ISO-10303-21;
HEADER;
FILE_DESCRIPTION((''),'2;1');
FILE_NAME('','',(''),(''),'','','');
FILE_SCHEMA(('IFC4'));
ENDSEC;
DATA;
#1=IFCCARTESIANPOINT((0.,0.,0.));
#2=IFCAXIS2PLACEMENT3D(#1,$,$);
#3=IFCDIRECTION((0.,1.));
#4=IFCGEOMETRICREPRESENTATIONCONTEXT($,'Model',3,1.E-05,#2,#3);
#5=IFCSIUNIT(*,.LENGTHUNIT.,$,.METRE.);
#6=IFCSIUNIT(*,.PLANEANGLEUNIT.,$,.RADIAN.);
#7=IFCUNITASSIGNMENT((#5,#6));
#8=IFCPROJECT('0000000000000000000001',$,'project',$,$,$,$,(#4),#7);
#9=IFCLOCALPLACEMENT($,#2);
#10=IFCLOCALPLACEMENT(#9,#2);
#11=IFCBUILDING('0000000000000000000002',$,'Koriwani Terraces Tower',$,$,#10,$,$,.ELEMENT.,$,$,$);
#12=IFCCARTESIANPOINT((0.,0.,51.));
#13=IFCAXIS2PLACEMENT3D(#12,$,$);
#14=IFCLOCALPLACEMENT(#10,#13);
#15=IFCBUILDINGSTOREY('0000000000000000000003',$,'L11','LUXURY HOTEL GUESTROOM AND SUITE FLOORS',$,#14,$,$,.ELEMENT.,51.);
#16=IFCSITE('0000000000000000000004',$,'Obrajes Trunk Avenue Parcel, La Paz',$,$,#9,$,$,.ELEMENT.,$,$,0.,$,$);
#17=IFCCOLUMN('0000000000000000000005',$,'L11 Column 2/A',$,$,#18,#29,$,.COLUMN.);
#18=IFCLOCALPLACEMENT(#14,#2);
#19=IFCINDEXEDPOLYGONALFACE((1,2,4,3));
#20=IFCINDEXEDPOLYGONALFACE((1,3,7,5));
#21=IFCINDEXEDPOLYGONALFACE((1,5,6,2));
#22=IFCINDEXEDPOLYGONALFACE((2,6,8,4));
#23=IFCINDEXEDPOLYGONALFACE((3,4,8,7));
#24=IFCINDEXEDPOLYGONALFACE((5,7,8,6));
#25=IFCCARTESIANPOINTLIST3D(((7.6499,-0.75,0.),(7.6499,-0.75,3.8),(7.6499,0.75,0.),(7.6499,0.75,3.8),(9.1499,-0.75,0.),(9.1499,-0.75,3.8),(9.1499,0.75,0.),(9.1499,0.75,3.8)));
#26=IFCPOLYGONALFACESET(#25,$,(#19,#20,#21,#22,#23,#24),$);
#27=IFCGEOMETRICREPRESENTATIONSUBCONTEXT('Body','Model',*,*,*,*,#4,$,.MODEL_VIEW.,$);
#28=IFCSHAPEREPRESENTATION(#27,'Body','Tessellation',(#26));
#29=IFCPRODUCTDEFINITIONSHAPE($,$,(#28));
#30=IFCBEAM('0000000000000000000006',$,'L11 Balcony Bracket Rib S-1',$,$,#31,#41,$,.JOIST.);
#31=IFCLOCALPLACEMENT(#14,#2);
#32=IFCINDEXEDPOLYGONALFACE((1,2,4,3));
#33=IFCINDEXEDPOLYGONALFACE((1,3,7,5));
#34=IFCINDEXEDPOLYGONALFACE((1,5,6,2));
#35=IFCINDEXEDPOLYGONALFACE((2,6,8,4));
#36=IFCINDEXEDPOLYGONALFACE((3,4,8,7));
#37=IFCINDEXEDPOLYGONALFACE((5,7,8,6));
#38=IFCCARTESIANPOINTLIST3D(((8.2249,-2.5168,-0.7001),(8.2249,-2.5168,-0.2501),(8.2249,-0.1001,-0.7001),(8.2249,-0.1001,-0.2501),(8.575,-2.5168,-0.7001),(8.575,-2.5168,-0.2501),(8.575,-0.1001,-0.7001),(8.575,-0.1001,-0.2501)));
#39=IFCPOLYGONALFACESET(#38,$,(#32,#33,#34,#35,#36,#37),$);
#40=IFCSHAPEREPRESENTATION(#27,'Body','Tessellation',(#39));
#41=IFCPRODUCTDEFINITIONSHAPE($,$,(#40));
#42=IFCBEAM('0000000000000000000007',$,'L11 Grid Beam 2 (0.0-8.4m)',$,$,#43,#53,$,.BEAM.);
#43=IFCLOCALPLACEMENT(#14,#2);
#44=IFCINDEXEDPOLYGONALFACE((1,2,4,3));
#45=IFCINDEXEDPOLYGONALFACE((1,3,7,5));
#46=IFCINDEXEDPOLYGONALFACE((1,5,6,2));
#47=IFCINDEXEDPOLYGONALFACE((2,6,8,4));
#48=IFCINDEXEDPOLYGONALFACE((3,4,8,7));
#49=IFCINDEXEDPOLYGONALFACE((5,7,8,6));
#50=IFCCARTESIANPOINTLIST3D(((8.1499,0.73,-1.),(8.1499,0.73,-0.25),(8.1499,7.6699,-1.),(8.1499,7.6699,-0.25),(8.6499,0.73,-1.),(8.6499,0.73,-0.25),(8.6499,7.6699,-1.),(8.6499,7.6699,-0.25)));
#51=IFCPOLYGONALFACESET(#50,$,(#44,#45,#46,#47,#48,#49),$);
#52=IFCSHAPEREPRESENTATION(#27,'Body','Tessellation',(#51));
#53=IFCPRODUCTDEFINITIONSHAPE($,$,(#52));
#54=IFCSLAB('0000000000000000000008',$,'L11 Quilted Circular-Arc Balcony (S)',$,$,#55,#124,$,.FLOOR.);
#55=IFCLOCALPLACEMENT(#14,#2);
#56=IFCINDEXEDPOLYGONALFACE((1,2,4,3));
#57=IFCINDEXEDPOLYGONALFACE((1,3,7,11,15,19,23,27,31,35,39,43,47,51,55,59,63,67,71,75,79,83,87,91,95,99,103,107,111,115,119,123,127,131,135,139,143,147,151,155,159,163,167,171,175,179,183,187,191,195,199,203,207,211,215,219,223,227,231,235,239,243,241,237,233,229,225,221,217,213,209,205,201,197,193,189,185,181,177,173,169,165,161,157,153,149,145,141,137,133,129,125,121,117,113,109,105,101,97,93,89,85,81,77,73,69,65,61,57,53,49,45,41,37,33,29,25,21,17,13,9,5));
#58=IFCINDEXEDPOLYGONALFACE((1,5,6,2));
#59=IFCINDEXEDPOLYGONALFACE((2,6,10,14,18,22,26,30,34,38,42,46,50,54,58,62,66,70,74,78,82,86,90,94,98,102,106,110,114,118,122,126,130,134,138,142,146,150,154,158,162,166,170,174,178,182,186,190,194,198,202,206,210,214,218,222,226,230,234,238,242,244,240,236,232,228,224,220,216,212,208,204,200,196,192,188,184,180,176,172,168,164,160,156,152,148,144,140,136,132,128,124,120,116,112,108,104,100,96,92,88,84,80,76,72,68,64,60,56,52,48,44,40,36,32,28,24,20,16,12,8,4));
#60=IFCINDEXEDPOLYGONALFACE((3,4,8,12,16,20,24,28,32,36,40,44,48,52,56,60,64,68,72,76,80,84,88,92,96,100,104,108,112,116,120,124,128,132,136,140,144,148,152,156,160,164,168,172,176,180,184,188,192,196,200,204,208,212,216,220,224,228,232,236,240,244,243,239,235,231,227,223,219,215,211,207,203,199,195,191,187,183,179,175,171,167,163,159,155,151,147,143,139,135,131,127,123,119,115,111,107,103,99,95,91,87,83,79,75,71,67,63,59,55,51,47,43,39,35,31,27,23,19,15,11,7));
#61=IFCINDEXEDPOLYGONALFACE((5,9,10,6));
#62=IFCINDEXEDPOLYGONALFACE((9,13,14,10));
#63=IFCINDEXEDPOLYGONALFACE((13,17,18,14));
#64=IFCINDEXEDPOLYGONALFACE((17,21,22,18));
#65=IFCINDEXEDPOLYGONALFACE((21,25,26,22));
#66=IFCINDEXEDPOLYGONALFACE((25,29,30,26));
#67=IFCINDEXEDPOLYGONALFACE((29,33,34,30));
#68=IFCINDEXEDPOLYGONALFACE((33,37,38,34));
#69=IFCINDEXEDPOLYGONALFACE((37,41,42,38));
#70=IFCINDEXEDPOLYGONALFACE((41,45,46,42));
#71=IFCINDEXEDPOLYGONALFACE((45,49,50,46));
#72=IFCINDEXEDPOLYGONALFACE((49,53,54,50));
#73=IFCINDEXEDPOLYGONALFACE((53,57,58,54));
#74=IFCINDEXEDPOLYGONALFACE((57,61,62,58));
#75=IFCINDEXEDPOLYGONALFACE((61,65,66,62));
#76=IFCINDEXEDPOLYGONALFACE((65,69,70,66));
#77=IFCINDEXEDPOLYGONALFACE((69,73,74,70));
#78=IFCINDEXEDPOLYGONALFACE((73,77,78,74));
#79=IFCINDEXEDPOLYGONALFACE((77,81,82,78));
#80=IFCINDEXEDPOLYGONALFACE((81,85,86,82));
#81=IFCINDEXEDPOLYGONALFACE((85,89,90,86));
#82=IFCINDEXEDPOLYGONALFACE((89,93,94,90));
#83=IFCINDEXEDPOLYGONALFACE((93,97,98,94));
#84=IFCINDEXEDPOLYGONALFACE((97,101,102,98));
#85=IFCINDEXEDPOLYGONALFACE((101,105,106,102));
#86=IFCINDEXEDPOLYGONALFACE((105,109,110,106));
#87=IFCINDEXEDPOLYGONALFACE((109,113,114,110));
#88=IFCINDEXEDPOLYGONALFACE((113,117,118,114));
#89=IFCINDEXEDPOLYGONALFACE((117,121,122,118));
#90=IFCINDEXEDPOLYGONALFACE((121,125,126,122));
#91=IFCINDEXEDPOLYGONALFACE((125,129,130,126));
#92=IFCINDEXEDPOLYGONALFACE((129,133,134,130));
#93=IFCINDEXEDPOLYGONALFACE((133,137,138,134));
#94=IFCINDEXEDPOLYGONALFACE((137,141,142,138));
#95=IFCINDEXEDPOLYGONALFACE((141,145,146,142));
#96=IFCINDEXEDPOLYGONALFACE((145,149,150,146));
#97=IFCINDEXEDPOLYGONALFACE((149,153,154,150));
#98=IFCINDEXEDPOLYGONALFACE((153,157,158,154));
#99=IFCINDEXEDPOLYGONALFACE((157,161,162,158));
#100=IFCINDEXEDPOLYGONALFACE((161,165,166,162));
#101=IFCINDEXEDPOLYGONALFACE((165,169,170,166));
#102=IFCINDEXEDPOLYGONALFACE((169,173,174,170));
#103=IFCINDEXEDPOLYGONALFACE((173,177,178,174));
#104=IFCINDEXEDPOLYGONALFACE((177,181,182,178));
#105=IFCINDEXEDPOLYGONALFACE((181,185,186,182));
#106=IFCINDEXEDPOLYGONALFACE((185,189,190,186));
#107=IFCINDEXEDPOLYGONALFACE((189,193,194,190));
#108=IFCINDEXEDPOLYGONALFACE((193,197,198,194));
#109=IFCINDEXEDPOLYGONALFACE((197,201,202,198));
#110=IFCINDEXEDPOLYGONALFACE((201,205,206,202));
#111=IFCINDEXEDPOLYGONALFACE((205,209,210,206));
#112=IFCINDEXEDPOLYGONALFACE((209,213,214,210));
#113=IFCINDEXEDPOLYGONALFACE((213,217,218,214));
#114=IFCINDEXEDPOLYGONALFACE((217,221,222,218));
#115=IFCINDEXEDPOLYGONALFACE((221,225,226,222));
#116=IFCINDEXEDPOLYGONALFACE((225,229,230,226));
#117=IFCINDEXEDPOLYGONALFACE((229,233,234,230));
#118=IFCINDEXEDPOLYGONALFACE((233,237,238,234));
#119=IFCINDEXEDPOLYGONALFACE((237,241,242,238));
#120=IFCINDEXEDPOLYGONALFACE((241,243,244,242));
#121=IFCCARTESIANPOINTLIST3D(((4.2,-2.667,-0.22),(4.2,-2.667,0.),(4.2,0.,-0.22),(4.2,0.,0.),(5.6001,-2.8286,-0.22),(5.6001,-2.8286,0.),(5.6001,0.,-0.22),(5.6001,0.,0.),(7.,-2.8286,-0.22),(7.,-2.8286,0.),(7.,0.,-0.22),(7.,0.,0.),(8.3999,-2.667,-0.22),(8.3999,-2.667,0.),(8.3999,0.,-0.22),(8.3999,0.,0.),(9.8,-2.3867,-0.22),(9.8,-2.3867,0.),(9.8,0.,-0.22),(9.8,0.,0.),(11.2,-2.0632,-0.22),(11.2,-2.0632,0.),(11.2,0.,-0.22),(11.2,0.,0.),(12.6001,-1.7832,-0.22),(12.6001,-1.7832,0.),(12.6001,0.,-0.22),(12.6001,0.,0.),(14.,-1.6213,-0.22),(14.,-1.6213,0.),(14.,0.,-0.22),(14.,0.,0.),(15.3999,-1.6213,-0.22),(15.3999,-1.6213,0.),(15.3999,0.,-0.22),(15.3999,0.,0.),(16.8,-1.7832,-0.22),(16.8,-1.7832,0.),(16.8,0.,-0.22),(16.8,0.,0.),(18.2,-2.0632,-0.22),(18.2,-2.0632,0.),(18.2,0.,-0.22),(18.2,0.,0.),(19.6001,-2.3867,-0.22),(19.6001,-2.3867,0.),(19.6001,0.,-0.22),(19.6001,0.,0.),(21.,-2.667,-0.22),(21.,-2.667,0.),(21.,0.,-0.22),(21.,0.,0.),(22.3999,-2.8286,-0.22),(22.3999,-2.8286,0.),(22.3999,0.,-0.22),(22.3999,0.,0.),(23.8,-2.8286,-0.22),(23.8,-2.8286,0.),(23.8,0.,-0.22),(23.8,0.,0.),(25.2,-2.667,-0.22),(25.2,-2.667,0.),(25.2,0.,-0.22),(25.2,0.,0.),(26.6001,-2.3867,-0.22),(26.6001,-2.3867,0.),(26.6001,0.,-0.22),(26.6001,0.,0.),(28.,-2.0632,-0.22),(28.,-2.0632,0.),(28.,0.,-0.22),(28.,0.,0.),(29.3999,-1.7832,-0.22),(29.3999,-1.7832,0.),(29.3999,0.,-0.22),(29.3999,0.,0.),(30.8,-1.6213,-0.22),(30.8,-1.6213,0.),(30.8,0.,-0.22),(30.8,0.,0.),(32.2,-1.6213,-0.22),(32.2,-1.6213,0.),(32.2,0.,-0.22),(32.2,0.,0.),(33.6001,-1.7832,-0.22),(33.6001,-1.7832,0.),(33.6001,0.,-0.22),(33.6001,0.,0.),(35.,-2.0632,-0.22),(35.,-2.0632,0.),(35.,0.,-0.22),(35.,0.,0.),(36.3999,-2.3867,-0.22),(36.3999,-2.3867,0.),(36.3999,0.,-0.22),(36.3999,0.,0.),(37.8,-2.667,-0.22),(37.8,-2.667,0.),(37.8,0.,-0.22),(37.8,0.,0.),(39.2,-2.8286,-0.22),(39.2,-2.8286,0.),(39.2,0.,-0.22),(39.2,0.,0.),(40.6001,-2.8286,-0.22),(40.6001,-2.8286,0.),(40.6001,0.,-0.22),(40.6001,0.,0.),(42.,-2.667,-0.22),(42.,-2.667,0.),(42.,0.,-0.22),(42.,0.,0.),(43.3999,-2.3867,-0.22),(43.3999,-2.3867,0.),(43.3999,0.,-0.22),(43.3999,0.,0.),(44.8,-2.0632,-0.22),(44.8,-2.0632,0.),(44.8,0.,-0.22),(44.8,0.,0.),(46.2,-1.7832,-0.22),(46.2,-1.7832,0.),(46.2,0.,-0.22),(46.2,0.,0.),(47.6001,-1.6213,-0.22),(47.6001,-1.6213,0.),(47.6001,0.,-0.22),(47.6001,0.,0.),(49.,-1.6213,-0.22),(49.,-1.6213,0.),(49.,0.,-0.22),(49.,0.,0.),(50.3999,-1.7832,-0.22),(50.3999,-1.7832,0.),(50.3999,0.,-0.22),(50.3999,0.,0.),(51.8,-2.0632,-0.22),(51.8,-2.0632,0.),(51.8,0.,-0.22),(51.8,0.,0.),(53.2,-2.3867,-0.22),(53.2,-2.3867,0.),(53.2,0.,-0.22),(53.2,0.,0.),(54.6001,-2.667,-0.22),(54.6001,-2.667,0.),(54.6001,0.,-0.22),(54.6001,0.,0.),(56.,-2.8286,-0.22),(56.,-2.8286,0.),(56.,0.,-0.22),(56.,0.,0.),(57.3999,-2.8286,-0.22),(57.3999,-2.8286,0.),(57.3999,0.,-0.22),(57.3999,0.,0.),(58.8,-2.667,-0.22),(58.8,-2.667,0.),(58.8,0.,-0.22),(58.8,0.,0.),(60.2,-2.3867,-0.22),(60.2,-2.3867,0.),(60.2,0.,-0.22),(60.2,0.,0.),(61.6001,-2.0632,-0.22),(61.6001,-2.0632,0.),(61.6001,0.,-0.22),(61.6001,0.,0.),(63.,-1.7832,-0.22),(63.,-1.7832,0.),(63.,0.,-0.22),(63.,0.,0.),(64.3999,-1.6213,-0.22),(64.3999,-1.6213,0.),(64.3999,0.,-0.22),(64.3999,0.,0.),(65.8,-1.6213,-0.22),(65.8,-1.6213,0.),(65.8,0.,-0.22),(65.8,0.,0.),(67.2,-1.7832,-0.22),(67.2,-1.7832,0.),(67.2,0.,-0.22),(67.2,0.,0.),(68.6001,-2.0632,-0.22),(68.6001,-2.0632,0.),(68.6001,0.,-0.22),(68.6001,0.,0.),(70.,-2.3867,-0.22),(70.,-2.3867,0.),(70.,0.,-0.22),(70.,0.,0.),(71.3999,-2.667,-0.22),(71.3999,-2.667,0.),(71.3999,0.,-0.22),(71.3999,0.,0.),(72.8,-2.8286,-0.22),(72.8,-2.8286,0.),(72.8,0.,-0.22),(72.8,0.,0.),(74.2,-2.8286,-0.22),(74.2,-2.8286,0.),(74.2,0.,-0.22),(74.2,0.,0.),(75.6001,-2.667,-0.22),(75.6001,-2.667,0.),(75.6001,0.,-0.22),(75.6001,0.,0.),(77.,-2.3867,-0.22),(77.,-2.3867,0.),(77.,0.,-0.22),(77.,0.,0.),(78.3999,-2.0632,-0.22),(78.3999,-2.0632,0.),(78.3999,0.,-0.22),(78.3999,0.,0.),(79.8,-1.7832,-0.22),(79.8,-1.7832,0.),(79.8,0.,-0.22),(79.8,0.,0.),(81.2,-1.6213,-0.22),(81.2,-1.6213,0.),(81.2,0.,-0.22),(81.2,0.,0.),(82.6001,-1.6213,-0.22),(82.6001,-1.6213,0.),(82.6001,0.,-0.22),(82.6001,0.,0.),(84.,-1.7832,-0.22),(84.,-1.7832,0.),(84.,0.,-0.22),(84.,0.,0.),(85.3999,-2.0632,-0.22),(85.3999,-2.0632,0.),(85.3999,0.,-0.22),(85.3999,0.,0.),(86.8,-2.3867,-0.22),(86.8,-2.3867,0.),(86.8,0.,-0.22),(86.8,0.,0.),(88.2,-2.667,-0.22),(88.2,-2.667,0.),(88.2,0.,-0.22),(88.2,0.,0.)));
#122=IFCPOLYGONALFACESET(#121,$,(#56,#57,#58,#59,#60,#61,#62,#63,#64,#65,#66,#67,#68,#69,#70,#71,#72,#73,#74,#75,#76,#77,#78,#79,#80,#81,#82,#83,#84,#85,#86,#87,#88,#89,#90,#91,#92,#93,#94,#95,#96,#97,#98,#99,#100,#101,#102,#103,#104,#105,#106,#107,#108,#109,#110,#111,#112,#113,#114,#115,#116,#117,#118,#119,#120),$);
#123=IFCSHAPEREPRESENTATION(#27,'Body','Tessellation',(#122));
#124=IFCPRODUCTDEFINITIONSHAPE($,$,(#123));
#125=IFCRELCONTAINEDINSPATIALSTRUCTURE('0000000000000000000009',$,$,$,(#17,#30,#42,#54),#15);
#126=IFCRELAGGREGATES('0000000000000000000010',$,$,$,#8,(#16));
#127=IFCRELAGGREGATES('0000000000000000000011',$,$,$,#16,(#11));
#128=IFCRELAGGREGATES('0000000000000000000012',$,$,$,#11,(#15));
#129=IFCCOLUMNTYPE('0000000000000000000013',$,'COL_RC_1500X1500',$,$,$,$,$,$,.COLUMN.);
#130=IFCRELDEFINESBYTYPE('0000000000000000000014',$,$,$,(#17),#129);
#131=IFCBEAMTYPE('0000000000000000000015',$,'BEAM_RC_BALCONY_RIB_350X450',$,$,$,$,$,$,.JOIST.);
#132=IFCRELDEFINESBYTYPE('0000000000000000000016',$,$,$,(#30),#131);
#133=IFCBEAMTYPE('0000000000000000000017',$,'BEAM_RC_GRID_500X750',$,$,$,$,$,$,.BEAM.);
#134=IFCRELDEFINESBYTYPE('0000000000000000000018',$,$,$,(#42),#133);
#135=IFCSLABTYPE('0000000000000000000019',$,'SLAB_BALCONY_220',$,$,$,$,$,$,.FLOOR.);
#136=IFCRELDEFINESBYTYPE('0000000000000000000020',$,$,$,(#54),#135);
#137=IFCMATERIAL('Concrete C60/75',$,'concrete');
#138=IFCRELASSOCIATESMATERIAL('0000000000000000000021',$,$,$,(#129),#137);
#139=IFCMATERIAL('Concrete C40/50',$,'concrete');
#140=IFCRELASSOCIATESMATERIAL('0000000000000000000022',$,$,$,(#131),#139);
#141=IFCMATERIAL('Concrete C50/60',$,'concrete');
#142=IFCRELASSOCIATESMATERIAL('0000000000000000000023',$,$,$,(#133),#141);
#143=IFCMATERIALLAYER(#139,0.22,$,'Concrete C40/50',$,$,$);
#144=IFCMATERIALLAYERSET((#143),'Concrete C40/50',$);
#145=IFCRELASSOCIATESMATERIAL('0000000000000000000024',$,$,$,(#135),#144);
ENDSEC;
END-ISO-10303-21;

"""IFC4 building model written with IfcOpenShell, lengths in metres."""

from ifc_helpers import new_model, si_unit, direction, frame, origin, origin_2d, place, context, subcontext, project, spatial, polyline, rectangle, outline, extrude, material, layer, layer_set, material_profile, profile_set, type_object, element, save


model = new_model("IFC4")

# Units and contexts
model_context = context("Model", 3, precision=1e-05, world=origin(), true_north=direction((0.0, 1.0)))
body_context = subcontext(model_context, "Body", "Model", "MODEL_VIEW")
ifc_project = project(units=[si_unit("LENGTHUNIT", "METRE"), si_unit("PLANEANGLEUNIT", "RADIAN")], contexts=[model_context])

# Site, building, storey
site_placement = place(None, origin())
site = spatial("IfcSite", under=ifc_project, at=site_placement, Name="Obrajes Trunk Avenue Parcel, La Paz", CompositionType="ELEMENT", RefElevation=0.0)
building_placement = place(site_placement, origin())
building = spatial("IfcBuilding", under=site, at=building_placement, Name="Koriwani Terraces Tower", CompositionType="ELEMENT")
storey_placement = place(building_placement, frame((0.0, 0.0, 51.0)))
storey = spatial("IfcBuildingStorey", under=building, at=storey_placement, Name="L11", Description="LUXURY HOTEL GUESTROOM AND SUITE FLOORS", CompositionType="ELEMENT", Elevation=51.0)

# Column
ifc_material_1 = material(Name="Concrete C60/75", Category="concrete")
ifc_material_profile_1 = material_profile(ifc_material_1, rectangle(XDim=1.5, YDim=1.5, at=origin_2d()), Name="Concrete C60/75", Category="LoadBearing")
ifc_profile_set_1 = profile_set([ifc_material_profile_1], Name="Concrete C60/75")
column_type = type_object("IfcColumnType", Name="COL_RC_1500X1500", PredefinedType="COLUMN", material=ifc_profile_set_1)
column_placement = place(storey_placement, frame((8.3999, 0.0, 0.0), z_axis=(0.0, 0.0, 1.0), x_axis=(1.0, 0.0, 0.0)))
element("IfcColumn", 1, at=column_placement, inside=storey, type_object=column_type, Name="L11 Column 2/A", PredefinedType="COLUMN", context=body_context, shape_type="SweptSolid", body=[
    extrude(rectangle(XDim=1.5, YDim=1.5, at=origin_2d()), origin(), (0.0, 0.0, 1.0), 3.8),
])

# Beams
ifc_material_2 = material(Name="Concrete C40/50", Category="concrete")
ifc_material_profile_2 = material_profile(ifc_material_2, rectangle(XDim=0.3501, YDim=0.45, at=origin_2d()), Name="Concrete C40/50", Category="LoadBearing")
ifc_profile_set_2 = profile_set([ifc_material_profile_2], Name="Concrete C40/50")
beam_type_1 = type_object("IfcBeamType", Name="BEAM_RC_BALCONY_RIB_350X450", PredefinedType="JOIST", material=ifc_profile_set_2)
beam_1_placement = place(storey_placement, frame((8.3999, -2.5168, -0.4751), z_axis=(0.0, 1.0, 0.0), x_axis=(-1.0, 0.0, 0.0)))
element("IfcBeam", 2, at=beam_1_placement, inside=storey, type_object=beam_type_1, Name="L11 Balcony Bracket Rib S-1", PredefinedType="JOIST", context=body_context, shape_type="SweptSolid", body=[
    extrude(rectangle(XDim=0.3501, YDim=0.45, at=origin_2d()), origin(), (0.0, 0.0, 1.0), 2.4167),
])
ifc_material_3 = material(Name="Concrete C50/60", Category="concrete")
ifc_material_profile_3 = material_profile(ifc_material_3, rectangle(XDim=0.5, YDim=0.75, at=origin_2d()), Name="Concrete C50/60", Category="LoadBearing")
ifc_profile_set_3 = profile_set([ifc_material_profile_3], Name="Concrete C50/60")
beam_type_2 = type_object("IfcBeamType", Name="BEAM_RC_GRID_500X750", PredefinedType="BEAM", material=ifc_profile_set_3)
beam_2_placement = place(storey_placement, frame((8.3999, 0.73, -0.625), z_axis=(0.0, 1.0, 0.0), x_axis=(-1.0, 0.0, 0.0)))
element("IfcBeam", 3, at=beam_2_placement, inside=storey, type_object=beam_type_2, Name="L11 Grid Beam 2 (0.0-8.4m)", PredefinedType="BEAM", context=body_context, shape_type="SweptSolid", body=[
    extrude(rectangle(XDim=0.5, YDim=0.75, at=origin_2d()), origin(), (0.0, 0.0, 1.0), 6.9399),
])

# Slab
ifc_layer_1 = layer(ifc_material_2, 0.22, Name="Concrete C40/50")
ifc_layer_set_1 = layer_set([ifc_layer_1], Name="Concrete C40/50")
slab_type_1 = type_object("IfcSlabType", Name="SLAB_BALCONY_220", PredefinedType="FLOOR", material=ifc_layer_set_1)
slab_1_placement = place(storey_placement, frame((0.0, 0.0, -0.22)))
element("IfcSlab", 4, at=slab_1_placement, inside=storey, type_object=slab_type_1, Name="L11 Quilted Circular-Arc Balcony (S)", PredefinedType="FLOOR", context=body_context, shape_type="SweptSolid", body=[
    extrude(outline(polyline([(4.2, 0.0), (5.6001, 0.0), (7.0, 0.0), (8.3999, 0.0), (9.8, 0.0), (11.2, 0.0), (12.6001, 0.0), (14.0, 0.0), (15.3999, 0.0), (16.8, 0.0), (18.2, 0.0), (19.6001, 0.0), (21.0, 0.0), (22.3999, 0.0), (23.8, 0.0), (25.2, 0.0), (26.6001, 0.0), (28.0, 0.0), (29.3999, 0.0), (30.8, 0.0), (32.2, 0.0), (33.6001, 0.0), (35.0, 0.0), (36.3999, 0.0), (37.8, 0.0), (39.2, 0.0), (40.6001, 0.0), (42.0, 0.0), (43.3999, 0.0), (44.8, 0.0), (46.2, 0.0), (47.6001, 0.0), (49.0, 0.0), (50.3999, 0.0), (51.8, 0.0), (53.2, 0.0), (54.6001, 0.0), (56.0, 0.0), (57.3999, 0.0), (58.8, 0.0), (60.2, 0.0), (61.6001, 0.0), (63.0, 0.0), (64.3999, 0.0), (65.8, 0.0), (67.2, 0.0), (68.6001, 0.0), (70.0, 0.0), (71.3999, 0.0), (72.8, 0.0), (74.2, 0.0), (75.6001, 0.0), (77.0, 0.0), (78.3999, 0.0), (79.8, 0.0), (81.2, 0.0), (82.6001, 0.0), (84.0, 0.0), (85.3999, 0.0), (86.8, 0.0), (88.2, 0.0), (88.2, -2.667), (86.8, -2.3867), (85.3999, -2.0632), (84.0, -1.7832), (82.6001, -1.6213), (81.2, -1.6213), (79.8, -1.7832), (78.3999, -2.0632), (77.0, -2.3867), (75.6001, -2.667), (74.2, -2.8286), (72.8, -2.8286), (71.3999, -2.667), (70.0, -2.3867), (68.6001, -2.0632), (67.2, -1.7832), (65.8, -1.6213), (64.3999, -1.6213), (63.0, -1.7832), (61.6001, -2.0632), (60.2, -2.3867), (58.8, -2.667), (57.3999, -2.8286), (56.0, -2.8286), (54.6001, -2.667), (53.2, -2.3867), (51.8, -2.0632), (50.3999, -1.7832), (49.0, -1.6213), (47.6001, -1.6213), (46.2, -1.7832), (44.8, -2.0632), (43.3999, -2.3867), (42.0, -2.667), (40.6001, -2.8286), (39.2, -2.8286), (37.8, -2.667), (36.3999, -2.3867), (35.0, -2.0632), (33.6001, -1.7832), (32.2, -1.6213), (30.8, -1.6213), (29.3999, -1.7832), (28.0, -2.0632), (26.6001, -2.3867), (25.2, -2.667), (23.8, -2.8286), (22.3999, -2.8286), (21.0, -2.667), (19.6001, -2.3867), (18.2, -2.0632), (16.8, -1.7832), (15.3999, -1.6213), (14.0, -1.6213), (12.6001, -1.7832), (11.2, -2.0632), (9.8, -2.3867), (8.3999, -2.667), (7.0, -2.8286), (5.6001, -2.8286), (4.2, -2.667), (4.2, 0.0)])), origin(), (0.0, 0.0, 1.0), 0.22),
])

save(model, "model.ifc")
